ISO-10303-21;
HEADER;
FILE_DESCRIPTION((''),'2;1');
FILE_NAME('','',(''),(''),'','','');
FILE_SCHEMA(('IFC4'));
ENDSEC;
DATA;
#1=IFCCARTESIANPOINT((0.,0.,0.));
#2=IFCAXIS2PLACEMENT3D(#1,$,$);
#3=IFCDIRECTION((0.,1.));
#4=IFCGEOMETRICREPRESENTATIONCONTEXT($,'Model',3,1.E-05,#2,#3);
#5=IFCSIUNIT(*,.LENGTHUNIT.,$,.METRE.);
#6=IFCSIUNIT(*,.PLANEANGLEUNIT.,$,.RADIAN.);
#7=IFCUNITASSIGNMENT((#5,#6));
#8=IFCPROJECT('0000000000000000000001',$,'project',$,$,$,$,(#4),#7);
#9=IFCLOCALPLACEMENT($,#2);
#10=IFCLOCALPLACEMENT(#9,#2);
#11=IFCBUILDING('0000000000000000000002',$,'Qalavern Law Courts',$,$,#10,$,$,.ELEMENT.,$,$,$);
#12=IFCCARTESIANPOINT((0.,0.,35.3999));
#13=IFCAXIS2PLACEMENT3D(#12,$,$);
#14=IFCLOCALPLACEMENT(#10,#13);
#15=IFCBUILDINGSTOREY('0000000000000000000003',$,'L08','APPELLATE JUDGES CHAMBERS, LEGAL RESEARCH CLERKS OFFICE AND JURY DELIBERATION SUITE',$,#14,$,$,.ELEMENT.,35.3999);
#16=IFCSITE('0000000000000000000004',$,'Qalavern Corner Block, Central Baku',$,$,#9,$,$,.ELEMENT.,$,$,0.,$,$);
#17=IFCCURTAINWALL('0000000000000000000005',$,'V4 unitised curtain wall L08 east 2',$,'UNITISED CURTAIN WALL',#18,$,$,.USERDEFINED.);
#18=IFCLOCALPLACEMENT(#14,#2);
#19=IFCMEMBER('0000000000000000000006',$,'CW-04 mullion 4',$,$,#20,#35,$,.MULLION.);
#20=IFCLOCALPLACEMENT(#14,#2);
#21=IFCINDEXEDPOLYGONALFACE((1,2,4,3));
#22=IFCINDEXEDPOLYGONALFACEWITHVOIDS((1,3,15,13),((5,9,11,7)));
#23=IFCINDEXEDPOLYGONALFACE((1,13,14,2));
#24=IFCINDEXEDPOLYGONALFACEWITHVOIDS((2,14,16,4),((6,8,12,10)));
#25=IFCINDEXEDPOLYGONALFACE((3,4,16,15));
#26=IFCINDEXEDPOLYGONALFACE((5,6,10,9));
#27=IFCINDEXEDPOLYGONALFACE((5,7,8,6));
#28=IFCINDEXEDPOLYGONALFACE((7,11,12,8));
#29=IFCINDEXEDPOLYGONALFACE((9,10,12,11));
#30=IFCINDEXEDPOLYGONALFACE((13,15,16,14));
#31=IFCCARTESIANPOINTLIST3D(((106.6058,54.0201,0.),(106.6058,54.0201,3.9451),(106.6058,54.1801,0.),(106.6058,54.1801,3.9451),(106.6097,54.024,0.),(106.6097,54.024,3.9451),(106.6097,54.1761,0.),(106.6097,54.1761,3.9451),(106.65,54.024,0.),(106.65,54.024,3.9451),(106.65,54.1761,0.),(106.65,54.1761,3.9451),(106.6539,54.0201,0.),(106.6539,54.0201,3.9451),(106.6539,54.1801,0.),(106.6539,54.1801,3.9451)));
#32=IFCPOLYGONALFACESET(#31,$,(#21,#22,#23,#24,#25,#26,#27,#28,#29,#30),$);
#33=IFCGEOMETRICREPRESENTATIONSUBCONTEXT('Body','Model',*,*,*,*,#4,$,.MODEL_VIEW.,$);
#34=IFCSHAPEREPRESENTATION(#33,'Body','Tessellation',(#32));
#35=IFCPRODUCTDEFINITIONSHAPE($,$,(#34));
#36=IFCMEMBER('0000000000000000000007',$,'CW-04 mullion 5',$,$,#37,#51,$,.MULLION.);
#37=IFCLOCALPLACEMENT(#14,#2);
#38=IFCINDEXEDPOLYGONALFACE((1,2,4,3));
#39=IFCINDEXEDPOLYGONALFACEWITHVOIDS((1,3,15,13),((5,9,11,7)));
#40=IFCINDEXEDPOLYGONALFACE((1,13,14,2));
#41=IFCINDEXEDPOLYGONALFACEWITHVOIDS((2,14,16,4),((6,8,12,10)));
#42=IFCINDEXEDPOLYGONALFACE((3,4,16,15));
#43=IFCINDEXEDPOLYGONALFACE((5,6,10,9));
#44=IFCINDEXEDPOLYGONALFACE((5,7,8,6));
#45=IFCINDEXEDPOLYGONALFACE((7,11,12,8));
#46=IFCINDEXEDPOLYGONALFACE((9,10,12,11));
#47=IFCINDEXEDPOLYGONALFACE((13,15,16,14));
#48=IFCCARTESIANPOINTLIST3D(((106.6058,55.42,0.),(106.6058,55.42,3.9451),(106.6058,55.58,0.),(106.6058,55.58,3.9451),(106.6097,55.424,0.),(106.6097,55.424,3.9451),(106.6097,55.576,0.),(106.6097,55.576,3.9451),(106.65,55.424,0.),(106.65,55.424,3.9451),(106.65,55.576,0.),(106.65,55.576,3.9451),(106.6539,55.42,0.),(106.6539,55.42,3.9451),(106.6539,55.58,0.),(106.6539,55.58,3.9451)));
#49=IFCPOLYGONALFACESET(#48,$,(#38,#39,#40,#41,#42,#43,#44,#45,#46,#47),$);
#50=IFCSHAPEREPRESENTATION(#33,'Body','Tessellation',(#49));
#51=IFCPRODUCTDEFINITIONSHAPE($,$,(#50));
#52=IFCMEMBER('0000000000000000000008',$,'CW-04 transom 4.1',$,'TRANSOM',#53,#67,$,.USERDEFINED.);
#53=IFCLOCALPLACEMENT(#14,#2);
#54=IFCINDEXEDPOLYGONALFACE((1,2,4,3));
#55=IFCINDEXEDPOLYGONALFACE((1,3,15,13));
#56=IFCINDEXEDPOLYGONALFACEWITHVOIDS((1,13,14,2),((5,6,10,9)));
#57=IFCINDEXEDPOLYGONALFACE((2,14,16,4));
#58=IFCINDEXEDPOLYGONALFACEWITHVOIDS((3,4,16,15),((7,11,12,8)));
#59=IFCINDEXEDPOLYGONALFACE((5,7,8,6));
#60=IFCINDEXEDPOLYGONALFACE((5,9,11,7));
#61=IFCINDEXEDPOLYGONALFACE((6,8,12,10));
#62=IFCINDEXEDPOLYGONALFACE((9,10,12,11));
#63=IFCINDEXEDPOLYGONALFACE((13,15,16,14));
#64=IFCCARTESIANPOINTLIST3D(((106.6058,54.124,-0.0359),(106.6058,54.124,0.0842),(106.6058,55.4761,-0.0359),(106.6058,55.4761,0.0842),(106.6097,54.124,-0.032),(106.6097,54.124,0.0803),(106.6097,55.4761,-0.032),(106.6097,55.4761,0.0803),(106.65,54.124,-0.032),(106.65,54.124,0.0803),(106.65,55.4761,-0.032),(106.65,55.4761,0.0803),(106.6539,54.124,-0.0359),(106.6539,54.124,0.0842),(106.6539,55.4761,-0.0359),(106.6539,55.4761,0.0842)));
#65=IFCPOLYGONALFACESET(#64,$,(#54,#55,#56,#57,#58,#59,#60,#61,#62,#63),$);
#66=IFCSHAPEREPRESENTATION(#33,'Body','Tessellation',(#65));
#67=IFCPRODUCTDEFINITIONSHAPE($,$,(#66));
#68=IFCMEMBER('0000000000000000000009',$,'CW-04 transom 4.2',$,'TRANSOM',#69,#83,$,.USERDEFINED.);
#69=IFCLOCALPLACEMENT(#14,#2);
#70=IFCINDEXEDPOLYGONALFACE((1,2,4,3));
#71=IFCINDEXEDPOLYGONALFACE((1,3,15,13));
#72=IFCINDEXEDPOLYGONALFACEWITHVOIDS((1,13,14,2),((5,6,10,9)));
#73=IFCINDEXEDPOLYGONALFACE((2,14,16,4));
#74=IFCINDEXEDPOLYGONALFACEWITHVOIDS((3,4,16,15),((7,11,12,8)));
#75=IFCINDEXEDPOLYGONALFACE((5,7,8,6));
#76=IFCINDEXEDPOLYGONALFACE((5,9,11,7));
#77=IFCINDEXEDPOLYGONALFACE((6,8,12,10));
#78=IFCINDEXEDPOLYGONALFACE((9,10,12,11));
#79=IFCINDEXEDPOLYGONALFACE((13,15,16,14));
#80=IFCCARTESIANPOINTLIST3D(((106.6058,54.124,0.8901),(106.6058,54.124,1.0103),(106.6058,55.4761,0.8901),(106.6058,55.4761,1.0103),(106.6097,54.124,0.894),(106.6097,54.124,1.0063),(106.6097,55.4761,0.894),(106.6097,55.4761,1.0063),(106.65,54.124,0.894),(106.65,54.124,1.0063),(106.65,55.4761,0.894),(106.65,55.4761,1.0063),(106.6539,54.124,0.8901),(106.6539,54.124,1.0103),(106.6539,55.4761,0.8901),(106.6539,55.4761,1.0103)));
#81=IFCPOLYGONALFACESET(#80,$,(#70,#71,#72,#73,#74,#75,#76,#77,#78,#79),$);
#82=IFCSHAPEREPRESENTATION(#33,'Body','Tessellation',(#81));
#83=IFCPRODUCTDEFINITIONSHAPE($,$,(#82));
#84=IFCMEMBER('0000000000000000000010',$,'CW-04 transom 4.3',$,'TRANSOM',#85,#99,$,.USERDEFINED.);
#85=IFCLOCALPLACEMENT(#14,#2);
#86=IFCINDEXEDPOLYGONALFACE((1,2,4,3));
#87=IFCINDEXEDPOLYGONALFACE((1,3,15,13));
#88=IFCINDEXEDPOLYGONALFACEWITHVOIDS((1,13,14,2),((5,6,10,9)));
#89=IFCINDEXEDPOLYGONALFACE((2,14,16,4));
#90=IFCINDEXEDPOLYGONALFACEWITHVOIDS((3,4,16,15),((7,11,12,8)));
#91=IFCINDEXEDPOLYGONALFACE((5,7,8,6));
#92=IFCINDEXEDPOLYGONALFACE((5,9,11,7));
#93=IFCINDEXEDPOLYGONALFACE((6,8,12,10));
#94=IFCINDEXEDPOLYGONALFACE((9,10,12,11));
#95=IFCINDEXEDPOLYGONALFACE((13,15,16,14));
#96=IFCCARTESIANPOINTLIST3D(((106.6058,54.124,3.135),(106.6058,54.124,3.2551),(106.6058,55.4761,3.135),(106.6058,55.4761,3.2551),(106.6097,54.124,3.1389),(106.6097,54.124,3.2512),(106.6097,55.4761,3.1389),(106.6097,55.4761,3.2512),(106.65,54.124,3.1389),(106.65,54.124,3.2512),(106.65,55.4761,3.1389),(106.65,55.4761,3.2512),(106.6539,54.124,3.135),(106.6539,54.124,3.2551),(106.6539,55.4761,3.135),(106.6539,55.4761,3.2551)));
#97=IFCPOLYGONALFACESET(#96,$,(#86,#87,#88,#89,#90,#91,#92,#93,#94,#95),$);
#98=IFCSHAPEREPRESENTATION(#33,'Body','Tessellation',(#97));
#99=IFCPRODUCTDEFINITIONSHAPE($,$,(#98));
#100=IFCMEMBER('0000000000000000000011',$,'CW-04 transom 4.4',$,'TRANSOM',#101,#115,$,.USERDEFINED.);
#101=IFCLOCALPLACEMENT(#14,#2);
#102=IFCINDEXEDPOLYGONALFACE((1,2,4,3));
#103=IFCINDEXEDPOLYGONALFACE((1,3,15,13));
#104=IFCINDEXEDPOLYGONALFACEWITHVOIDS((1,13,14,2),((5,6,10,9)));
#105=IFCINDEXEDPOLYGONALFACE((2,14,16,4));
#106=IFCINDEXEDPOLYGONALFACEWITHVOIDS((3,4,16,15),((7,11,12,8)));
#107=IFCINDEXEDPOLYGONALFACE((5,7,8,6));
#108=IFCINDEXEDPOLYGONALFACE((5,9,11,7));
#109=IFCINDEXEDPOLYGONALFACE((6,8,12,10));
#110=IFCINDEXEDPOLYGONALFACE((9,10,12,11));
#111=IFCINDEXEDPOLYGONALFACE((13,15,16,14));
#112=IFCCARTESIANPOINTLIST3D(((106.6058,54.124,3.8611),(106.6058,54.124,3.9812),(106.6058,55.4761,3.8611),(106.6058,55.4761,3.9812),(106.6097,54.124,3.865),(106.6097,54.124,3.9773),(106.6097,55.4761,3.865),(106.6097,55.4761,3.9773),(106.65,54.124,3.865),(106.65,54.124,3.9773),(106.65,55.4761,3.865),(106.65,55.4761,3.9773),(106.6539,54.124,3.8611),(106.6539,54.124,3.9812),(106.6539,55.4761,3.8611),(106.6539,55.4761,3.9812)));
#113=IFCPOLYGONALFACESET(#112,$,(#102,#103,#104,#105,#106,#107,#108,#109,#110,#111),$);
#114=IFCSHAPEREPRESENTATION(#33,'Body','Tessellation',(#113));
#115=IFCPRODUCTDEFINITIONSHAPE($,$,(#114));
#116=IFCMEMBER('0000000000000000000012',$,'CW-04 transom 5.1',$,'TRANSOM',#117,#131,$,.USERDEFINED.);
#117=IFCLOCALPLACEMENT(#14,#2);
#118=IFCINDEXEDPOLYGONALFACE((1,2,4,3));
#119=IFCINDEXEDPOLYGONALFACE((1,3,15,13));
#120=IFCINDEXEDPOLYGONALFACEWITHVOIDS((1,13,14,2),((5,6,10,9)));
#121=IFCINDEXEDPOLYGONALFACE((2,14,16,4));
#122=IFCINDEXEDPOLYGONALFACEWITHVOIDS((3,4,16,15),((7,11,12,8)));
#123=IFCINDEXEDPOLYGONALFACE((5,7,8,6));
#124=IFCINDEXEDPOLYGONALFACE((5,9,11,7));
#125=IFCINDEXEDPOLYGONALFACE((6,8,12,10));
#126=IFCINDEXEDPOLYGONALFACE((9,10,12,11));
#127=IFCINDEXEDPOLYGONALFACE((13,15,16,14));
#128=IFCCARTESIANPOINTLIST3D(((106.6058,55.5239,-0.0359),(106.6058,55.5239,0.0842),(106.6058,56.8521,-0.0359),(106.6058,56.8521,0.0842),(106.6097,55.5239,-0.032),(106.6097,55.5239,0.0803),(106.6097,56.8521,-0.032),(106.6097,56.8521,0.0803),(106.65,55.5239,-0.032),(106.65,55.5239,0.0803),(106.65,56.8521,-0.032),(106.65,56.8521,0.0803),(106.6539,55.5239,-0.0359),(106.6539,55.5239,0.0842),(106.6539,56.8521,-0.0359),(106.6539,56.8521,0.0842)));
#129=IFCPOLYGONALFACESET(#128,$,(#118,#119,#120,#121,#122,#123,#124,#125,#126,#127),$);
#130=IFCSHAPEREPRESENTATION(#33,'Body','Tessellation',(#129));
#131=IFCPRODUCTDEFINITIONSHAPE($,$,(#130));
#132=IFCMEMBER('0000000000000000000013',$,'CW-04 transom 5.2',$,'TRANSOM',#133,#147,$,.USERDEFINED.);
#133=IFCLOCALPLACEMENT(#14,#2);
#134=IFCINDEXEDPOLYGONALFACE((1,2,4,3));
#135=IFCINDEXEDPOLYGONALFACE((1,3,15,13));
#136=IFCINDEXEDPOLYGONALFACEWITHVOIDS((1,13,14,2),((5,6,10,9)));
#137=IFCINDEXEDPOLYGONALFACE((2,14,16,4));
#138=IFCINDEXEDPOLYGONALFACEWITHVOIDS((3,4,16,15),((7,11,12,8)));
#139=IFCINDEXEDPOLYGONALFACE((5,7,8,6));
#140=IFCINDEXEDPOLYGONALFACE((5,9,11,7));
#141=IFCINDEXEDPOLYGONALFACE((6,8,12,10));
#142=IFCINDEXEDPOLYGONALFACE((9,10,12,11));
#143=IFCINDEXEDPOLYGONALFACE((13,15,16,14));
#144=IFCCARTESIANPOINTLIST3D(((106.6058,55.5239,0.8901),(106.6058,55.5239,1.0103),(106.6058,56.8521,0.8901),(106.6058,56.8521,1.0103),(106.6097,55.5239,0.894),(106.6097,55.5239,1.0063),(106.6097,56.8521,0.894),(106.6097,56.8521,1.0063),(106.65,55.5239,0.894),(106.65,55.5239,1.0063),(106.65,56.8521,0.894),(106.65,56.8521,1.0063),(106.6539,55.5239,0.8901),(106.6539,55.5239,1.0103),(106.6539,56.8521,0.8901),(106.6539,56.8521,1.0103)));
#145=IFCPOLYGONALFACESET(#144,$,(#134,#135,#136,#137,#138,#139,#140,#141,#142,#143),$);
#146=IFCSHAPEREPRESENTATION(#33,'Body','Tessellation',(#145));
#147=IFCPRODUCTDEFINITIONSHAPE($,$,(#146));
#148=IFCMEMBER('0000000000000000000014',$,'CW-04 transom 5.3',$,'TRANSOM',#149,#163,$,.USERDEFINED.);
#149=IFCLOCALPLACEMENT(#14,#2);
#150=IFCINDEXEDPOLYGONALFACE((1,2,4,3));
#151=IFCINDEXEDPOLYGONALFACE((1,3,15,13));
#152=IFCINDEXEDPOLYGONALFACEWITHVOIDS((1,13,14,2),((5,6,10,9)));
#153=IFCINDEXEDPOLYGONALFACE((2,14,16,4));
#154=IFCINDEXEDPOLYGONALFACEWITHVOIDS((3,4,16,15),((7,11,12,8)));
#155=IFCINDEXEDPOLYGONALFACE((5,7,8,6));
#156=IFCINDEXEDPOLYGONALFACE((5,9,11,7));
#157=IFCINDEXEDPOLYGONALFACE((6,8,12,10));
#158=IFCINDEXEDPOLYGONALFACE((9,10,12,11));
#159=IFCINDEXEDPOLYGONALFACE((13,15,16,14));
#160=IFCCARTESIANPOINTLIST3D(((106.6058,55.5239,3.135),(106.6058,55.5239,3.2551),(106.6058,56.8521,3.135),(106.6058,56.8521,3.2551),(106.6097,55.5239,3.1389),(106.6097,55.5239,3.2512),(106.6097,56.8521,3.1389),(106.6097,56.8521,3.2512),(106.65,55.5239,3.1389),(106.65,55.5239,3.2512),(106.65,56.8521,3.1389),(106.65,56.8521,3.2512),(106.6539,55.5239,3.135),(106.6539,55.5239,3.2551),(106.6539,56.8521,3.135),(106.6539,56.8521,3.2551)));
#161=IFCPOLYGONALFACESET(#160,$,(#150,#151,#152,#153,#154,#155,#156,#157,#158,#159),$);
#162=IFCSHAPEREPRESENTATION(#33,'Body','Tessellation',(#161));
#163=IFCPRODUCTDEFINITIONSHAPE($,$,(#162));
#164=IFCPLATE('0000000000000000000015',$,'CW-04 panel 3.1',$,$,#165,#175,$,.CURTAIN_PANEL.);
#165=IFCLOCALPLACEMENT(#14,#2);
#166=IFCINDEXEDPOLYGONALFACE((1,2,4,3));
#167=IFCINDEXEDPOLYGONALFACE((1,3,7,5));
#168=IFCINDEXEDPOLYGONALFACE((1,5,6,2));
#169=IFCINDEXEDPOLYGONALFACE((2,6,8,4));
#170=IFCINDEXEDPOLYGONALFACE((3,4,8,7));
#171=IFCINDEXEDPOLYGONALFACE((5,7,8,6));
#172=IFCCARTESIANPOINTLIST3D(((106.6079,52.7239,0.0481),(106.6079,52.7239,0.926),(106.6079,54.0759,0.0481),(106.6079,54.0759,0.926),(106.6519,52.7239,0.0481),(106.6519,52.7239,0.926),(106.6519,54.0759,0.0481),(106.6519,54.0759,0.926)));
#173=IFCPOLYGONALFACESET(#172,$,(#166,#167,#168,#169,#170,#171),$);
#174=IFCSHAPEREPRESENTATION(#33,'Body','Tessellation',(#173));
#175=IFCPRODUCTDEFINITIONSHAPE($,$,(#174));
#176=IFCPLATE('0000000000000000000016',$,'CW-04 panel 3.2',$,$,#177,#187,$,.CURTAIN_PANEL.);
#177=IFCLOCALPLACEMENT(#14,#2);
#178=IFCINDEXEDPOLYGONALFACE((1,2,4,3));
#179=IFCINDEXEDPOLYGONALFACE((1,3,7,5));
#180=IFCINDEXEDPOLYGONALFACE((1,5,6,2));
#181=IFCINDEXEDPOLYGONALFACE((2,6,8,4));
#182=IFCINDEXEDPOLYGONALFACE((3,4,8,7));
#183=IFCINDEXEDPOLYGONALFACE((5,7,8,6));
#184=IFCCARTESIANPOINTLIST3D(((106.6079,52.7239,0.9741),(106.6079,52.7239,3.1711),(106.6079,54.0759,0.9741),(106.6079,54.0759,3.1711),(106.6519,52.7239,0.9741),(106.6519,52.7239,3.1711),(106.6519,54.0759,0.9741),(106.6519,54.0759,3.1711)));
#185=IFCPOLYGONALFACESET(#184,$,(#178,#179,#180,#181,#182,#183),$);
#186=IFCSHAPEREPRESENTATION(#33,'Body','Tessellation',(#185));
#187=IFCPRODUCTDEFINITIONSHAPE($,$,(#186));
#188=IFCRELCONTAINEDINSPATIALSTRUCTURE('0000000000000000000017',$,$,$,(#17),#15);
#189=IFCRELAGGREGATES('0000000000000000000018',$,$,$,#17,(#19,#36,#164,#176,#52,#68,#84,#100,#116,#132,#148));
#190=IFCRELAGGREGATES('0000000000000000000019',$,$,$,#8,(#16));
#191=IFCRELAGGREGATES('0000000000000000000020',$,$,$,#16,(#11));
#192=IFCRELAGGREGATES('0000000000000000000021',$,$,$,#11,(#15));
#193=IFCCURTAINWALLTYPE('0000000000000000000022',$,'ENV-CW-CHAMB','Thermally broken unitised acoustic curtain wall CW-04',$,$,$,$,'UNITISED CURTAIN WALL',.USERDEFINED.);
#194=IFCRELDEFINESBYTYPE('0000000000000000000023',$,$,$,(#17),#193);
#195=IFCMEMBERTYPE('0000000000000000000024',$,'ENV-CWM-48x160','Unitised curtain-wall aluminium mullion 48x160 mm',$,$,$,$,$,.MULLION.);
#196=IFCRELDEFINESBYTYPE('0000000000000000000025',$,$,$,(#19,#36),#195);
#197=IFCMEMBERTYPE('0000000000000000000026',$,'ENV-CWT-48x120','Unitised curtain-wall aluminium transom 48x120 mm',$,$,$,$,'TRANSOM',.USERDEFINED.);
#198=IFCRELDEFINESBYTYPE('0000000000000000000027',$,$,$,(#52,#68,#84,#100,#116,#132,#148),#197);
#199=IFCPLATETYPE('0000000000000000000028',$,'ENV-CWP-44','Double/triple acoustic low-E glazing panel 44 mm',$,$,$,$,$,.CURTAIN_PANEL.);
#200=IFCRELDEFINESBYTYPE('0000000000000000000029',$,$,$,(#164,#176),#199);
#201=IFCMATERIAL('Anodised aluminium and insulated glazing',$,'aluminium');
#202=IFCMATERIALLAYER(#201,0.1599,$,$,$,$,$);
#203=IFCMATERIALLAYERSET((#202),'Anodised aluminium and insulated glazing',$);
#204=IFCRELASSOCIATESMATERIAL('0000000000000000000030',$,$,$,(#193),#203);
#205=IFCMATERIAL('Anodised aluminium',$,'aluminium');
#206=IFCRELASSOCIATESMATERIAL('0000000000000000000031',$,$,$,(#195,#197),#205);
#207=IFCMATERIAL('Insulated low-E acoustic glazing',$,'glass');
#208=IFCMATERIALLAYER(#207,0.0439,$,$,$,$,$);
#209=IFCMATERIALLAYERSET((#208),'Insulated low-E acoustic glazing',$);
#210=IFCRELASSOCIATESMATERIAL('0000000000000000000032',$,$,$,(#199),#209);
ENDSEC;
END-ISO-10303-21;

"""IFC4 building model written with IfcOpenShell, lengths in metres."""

from ifc_helpers import new_model, si_unit, direction, frame, origin, origin_2d, place, context, subcontext, project, spatial, rectangle, hollow_rectangle, extrude, material, layer, layer_set, material_profile, profile_set, type_object, element, aggregate, save


model = new_model("IFC4")

# Units and contexts
model_context = context("Model", 3, precision=1e-05, world=origin(), true_north=direction((0.0, 1.0)))
body_context = subcontext(model_context, "Body", "Model", "MODEL_VIEW")
ifc_project = project(units=[si_unit("LENGTHUNIT", "METRE"), si_unit("PLANEANGLEUNIT", "RADIAN")], contexts=[model_context])

# Site, building, storey
site_placement = place(None, origin())
site = spatial("IfcSite", under=ifc_project, at=site_placement, Name="Qalavern Corner Block, Central Baku", CompositionType="ELEMENT", RefElevation=0.0)
building_placement = place(site_placement, origin())
building = spatial("IfcBuilding", under=site, at=building_placement, Name="Qalavern Law Courts", CompositionType="ELEMENT")
storey_placement = place(building_placement, frame((0.0, 0.0, 35.3999)))
storey = spatial("IfcBuildingStorey", under=building, at=storey_placement, Name="L08", Description="APPELLATE JUDGES CHAMBERS, LEGAL RESEARCH CLERKS OFFICE AND JURY DELIBERATION SUITE", CompositionType="ELEMENT", Elevation=35.3999)

# Curtain wall, members, plates
ifc_material_1 = material(Name="Anodised aluminium and insulated glazing", Category="aluminium")
ifc_layer_1 = layer(ifc_material_1, 0.1599)
ifc_layer_set_1 = layer_set([ifc_layer_1], Name="Anodised aluminium and insulated glazing")
curtain_wall_type = type_object("IfcCurtainWallType", Name="ENV-CW-CHAMB", Description="Thermally broken unitised acoustic curtain wall CW-04", ElementType="UNITISED CURTAIN WALL", PredefinedType="USERDEFINED", material=ifc_layer_set_1)
curtain_wall_placement = place(storey_placement, origin())
curtain_wall = element("IfcCurtainWall", 1, at=curtain_wall_placement, inside=storey, type_object=curtain_wall_type, Name="V4 unitised curtain wall L08 east 2", ObjectType="UNITISED CURTAIN WALL", PredefinedType="USERDEFINED")
ifc_material_2 = material(Name="Anodised aluminium", Category="aluminium")
ifc_material_profile_1 = material_profile(ifc_material_2, hollow_rectangle(XDim=0.0481, YDim=0.1599, WallThickness=0.0039, at=origin_2d()), Name="ALU MULLION 48x160")
ifc_profile_set_1 = profile_set([ifc_material_profile_1], Name="Anodised aluminium")
member_type_1 = type_object("IfcMemberType", Name="ENV-CWM-48x160", Description="Unitised curtain-wall aluminium mullion 48x160 mm", PredefinedType="MULLION", material=ifc_profile_set_1)
member_1_placement = place(storey_placement, frame((106.6299, 54.1001, 0.0), z_axis=(0.0, 0.0, 1.0), x_axis=(-1.0, 0.0, 0.0)))
member_1 = element("IfcMember", 2, at=member_1_placement, type_object=member_type_1, Name="CW-04 mullion 4", PredefinedType="MULLION", context=body_context, shape_type="SweptSolid", body=[
    extrude(hollow_rectangle(XDim=0.0481, YDim=0.1599, WallThickness=0.0039, at=origin_2d()), origin(), (0.0, 0.0, 1.0), 3.9451),
])
member_2_placement = place(storey_placement, frame((106.6299, 55.5, 0.0), z_axis=(0.0, 0.0, 1.0), x_axis=(-1.0, 0.0, 0.0)))
member_2 = element("IfcMember", 3, at=member_2_placement, type_object=member_type_1, Name="CW-04 mullion 5", PredefinedType="MULLION", context=body_context, shape_type="SweptSolid", body=[
    extrude(hollow_rectangle(XDim=0.0481, YDim=0.1599, WallThickness=0.0039, at=origin_2d()), origin(), (0.0, 0.0, 1.0), 3.9451),
])
ifc_material_profile_2 = material_profile(ifc_material_2, hollow_rectangle(XDim=0.0481, YDim=0.1201, WallThickness=0.0039, at=origin_2d()), Name="ALU TRANSOM 48x120")
ifc_profile_set_2 = profile_set([ifc_material_profile_2], Name="Anodised aluminium")
member_type_2 = type_object("IfcMemberType", Name="ENV-CWT-48x120", Description="Unitised curtain-wall aluminium transom 48x120 mm", ElementType="TRANSOM", PredefinedType="USERDEFINED", material=ifc_profile_set_2)
member_3_placement = place(storey_placement, frame((106.6299, 54.124, 0.0242), z_axis=(0.0, 1.0, 0.0), x_axis=(-1.0, 0.0, 0.0)))
member_3 = element("IfcMember", 4, at=member_3_placement, type_object=member_type_2, Name="CW-04 transom 4.1", ObjectType="TRANSOM", PredefinedType="USERDEFINED", context=body_context, shape_type="SweptSolid", body=[
    extrude(hollow_rectangle(XDim=0.0481, YDim=0.1201, WallThickness=0.0039, at=origin_2d()), origin(), (0.0, 0.0, 1.0), 1.3521),
])
member_4_placement = place(storey_placement, frame((106.6299, 54.124, 0.9502), z_axis=(0.0, 1.0, 0.0), x_axis=(-1.0, 0.0, 0.0)))
member_4 = element("IfcMember", 5, at=member_4_placement, type_object=member_type_2, Name="CW-04 transom 4.2", ObjectType="TRANSOM", PredefinedType="USERDEFINED", context=body_context, shape_type="SweptSolid", body=[
    extrude(hollow_rectangle(XDim=0.0481, YDim=0.1201, WallThickness=0.0039, at=origin_2d()), origin(), (0.0, 0.0, 1.0), 1.3521),
])
member_5_placement = place(storey_placement, frame((106.6299, 54.124, 3.1951), z_axis=(0.0, 1.0, 0.0), x_axis=(-1.0, 0.0, 0.0)))
member_5 = element("IfcMember", 6, at=member_5_placement, type_object=member_type_2, Name="CW-04 transom 4.3", ObjectType="TRANSOM", PredefinedType="USERDEFINED", context=body_context, shape_type="SweptSolid", body=[
    extrude(hollow_rectangle(XDim=0.0481, YDim=0.1201, WallThickness=0.0039, at=origin_2d()), origin(), (0.0, 0.0, 1.0), 1.3521),
])
member_6_placement = place(storey_placement, frame((106.6299, 54.124, 3.9211), z_axis=(0.0, 1.0, 0.0), x_axis=(-1.0, 0.0, 0.0)))
member_6 = element("IfcMember", 7, at=member_6_placement, type_object=member_type_2, Name="CW-04 transom 4.4", ObjectType="TRANSOM", PredefinedType="USERDEFINED", context=body_context, shape_type="SweptSolid", body=[
    extrude(hollow_rectangle(XDim=0.0481, YDim=0.1201, WallThickness=0.0039, at=origin_2d()), origin(), (0.0, 0.0, 1.0), 1.3521),
])
member_7_placement = place(storey_placement, frame((106.6299, 55.5239, 0.0242), z_axis=(0.0, 1.0, 0.0), x_axis=(-1.0, 0.0, 0.0)))
member_7 = element("IfcMember", 8, at=member_7_placement, type_object=member_type_2, Name="CW-04 transom 5.1", ObjectType="TRANSOM", PredefinedType="USERDEFINED", context=body_context, shape_type="SweptSolid", body=[
    extrude(hollow_rectangle(XDim=0.0481, YDim=0.1201, WallThickness=0.0039, at=origin_2d()), origin(), (0.0, 0.0, 1.0), 1.3281),
])
member_8_placement = place(storey_placement, frame((106.6299, 55.5239, 0.9502), z_axis=(0.0, 1.0, 0.0), x_axis=(-1.0, 0.0, 0.0)))
member_8 = element("IfcMember", 9, at=member_8_placement, type_object=member_type_2, Name="CW-04 transom 5.2", ObjectType="TRANSOM", PredefinedType="USERDEFINED", context=body_context, shape_type="SweptSolid", body=[
    extrude(hollow_rectangle(XDim=0.0481, YDim=0.1201, WallThickness=0.0039, at=origin_2d()), origin(), (0.0, 0.0, 1.0), 1.3281),
])
member_9_placement = place(storey_placement, frame((106.6299, 55.5239, 3.1951), z_axis=(0.0, 1.0, 0.0), x_axis=(-1.0, 0.0, 0.0)))
member_9 = element("IfcMember", 10, at=member_9_placement, type_object=member_type_2, Name="CW-04 transom 5.3", ObjectType="TRANSOM", PredefinedType="USERDEFINED", context=body_context, shape_type="SweptSolid", body=[
    extrude(hollow_rectangle(XDim=0.0481, YDim=0.1201, WallThickness=0.0039, at=origin_2d()), origin(), (0.0, 0.0, 1.0), 1.3281),
])
ifc_material_3 = material(Name="Insulated low-E acoustic glazing", Category="glass")
ifc_layer_2 = layer(ifc_material_3, 0.0439)
ifc_layer_set_2 = layer_set([ifc_layer_2], Name="Insulated low-E acoustic glazing")
plate_type = type_object("IfcPlateType", Name="ENV-CWP-44", Description="Double/triple acoustic low-E glazing panel 44 mm", PredefinedType="CURTAIN_PANEL", material=ifc_layer_set_2)
plate_1_placement = place(storey_placement, frame((106.6299, 53.3999, 0.0481), z_axis=(0.0, 0.0, 1.0), x_axis=(0.0, 1.0, 0.0)))
plate_1 = element("IfcPlate", 11, at=plate_1_placement, type_object=plate_type, Name="CW-04 panel 3.1", PredefinedType="CURTAIN_PANEL", context=body_context, shape_type="SweptSolid", body=[
    extrude(rectangle(XDim=1.3521, YDim=0.0439, at=origin_2d()), origin(), (0.0, 0.0, 1.0), 0.8779),
])
plate_2_placement = place(storey_placement, frame((106.6299, 53.3999, 0.9741), z_axis=(0.0, 0.0, 1.0), x_axis=(0.0, 1.0, 0.0)))
plate_2 = element("IfcPlate", 12, at=plate_2_placement, type_object=plate_type, Name="CW-04 panel 3.2", PredefinedType="CURTAIN_PANEL", context=body_context, shape_type="SweptSolid", body=[
    extrude(rectangle(XDim=1.3521, YDim=0.0439, at=origin_2d()), origin(), (0.0, 0.0, 1.0), 2.197),
])
aggregate(curtain_wall, [member_1, member_2, plate_1, plate_2, member_3, member_4, member_5, member_6, member_7, member_8, member_9])

save(model, "model.ifc")
